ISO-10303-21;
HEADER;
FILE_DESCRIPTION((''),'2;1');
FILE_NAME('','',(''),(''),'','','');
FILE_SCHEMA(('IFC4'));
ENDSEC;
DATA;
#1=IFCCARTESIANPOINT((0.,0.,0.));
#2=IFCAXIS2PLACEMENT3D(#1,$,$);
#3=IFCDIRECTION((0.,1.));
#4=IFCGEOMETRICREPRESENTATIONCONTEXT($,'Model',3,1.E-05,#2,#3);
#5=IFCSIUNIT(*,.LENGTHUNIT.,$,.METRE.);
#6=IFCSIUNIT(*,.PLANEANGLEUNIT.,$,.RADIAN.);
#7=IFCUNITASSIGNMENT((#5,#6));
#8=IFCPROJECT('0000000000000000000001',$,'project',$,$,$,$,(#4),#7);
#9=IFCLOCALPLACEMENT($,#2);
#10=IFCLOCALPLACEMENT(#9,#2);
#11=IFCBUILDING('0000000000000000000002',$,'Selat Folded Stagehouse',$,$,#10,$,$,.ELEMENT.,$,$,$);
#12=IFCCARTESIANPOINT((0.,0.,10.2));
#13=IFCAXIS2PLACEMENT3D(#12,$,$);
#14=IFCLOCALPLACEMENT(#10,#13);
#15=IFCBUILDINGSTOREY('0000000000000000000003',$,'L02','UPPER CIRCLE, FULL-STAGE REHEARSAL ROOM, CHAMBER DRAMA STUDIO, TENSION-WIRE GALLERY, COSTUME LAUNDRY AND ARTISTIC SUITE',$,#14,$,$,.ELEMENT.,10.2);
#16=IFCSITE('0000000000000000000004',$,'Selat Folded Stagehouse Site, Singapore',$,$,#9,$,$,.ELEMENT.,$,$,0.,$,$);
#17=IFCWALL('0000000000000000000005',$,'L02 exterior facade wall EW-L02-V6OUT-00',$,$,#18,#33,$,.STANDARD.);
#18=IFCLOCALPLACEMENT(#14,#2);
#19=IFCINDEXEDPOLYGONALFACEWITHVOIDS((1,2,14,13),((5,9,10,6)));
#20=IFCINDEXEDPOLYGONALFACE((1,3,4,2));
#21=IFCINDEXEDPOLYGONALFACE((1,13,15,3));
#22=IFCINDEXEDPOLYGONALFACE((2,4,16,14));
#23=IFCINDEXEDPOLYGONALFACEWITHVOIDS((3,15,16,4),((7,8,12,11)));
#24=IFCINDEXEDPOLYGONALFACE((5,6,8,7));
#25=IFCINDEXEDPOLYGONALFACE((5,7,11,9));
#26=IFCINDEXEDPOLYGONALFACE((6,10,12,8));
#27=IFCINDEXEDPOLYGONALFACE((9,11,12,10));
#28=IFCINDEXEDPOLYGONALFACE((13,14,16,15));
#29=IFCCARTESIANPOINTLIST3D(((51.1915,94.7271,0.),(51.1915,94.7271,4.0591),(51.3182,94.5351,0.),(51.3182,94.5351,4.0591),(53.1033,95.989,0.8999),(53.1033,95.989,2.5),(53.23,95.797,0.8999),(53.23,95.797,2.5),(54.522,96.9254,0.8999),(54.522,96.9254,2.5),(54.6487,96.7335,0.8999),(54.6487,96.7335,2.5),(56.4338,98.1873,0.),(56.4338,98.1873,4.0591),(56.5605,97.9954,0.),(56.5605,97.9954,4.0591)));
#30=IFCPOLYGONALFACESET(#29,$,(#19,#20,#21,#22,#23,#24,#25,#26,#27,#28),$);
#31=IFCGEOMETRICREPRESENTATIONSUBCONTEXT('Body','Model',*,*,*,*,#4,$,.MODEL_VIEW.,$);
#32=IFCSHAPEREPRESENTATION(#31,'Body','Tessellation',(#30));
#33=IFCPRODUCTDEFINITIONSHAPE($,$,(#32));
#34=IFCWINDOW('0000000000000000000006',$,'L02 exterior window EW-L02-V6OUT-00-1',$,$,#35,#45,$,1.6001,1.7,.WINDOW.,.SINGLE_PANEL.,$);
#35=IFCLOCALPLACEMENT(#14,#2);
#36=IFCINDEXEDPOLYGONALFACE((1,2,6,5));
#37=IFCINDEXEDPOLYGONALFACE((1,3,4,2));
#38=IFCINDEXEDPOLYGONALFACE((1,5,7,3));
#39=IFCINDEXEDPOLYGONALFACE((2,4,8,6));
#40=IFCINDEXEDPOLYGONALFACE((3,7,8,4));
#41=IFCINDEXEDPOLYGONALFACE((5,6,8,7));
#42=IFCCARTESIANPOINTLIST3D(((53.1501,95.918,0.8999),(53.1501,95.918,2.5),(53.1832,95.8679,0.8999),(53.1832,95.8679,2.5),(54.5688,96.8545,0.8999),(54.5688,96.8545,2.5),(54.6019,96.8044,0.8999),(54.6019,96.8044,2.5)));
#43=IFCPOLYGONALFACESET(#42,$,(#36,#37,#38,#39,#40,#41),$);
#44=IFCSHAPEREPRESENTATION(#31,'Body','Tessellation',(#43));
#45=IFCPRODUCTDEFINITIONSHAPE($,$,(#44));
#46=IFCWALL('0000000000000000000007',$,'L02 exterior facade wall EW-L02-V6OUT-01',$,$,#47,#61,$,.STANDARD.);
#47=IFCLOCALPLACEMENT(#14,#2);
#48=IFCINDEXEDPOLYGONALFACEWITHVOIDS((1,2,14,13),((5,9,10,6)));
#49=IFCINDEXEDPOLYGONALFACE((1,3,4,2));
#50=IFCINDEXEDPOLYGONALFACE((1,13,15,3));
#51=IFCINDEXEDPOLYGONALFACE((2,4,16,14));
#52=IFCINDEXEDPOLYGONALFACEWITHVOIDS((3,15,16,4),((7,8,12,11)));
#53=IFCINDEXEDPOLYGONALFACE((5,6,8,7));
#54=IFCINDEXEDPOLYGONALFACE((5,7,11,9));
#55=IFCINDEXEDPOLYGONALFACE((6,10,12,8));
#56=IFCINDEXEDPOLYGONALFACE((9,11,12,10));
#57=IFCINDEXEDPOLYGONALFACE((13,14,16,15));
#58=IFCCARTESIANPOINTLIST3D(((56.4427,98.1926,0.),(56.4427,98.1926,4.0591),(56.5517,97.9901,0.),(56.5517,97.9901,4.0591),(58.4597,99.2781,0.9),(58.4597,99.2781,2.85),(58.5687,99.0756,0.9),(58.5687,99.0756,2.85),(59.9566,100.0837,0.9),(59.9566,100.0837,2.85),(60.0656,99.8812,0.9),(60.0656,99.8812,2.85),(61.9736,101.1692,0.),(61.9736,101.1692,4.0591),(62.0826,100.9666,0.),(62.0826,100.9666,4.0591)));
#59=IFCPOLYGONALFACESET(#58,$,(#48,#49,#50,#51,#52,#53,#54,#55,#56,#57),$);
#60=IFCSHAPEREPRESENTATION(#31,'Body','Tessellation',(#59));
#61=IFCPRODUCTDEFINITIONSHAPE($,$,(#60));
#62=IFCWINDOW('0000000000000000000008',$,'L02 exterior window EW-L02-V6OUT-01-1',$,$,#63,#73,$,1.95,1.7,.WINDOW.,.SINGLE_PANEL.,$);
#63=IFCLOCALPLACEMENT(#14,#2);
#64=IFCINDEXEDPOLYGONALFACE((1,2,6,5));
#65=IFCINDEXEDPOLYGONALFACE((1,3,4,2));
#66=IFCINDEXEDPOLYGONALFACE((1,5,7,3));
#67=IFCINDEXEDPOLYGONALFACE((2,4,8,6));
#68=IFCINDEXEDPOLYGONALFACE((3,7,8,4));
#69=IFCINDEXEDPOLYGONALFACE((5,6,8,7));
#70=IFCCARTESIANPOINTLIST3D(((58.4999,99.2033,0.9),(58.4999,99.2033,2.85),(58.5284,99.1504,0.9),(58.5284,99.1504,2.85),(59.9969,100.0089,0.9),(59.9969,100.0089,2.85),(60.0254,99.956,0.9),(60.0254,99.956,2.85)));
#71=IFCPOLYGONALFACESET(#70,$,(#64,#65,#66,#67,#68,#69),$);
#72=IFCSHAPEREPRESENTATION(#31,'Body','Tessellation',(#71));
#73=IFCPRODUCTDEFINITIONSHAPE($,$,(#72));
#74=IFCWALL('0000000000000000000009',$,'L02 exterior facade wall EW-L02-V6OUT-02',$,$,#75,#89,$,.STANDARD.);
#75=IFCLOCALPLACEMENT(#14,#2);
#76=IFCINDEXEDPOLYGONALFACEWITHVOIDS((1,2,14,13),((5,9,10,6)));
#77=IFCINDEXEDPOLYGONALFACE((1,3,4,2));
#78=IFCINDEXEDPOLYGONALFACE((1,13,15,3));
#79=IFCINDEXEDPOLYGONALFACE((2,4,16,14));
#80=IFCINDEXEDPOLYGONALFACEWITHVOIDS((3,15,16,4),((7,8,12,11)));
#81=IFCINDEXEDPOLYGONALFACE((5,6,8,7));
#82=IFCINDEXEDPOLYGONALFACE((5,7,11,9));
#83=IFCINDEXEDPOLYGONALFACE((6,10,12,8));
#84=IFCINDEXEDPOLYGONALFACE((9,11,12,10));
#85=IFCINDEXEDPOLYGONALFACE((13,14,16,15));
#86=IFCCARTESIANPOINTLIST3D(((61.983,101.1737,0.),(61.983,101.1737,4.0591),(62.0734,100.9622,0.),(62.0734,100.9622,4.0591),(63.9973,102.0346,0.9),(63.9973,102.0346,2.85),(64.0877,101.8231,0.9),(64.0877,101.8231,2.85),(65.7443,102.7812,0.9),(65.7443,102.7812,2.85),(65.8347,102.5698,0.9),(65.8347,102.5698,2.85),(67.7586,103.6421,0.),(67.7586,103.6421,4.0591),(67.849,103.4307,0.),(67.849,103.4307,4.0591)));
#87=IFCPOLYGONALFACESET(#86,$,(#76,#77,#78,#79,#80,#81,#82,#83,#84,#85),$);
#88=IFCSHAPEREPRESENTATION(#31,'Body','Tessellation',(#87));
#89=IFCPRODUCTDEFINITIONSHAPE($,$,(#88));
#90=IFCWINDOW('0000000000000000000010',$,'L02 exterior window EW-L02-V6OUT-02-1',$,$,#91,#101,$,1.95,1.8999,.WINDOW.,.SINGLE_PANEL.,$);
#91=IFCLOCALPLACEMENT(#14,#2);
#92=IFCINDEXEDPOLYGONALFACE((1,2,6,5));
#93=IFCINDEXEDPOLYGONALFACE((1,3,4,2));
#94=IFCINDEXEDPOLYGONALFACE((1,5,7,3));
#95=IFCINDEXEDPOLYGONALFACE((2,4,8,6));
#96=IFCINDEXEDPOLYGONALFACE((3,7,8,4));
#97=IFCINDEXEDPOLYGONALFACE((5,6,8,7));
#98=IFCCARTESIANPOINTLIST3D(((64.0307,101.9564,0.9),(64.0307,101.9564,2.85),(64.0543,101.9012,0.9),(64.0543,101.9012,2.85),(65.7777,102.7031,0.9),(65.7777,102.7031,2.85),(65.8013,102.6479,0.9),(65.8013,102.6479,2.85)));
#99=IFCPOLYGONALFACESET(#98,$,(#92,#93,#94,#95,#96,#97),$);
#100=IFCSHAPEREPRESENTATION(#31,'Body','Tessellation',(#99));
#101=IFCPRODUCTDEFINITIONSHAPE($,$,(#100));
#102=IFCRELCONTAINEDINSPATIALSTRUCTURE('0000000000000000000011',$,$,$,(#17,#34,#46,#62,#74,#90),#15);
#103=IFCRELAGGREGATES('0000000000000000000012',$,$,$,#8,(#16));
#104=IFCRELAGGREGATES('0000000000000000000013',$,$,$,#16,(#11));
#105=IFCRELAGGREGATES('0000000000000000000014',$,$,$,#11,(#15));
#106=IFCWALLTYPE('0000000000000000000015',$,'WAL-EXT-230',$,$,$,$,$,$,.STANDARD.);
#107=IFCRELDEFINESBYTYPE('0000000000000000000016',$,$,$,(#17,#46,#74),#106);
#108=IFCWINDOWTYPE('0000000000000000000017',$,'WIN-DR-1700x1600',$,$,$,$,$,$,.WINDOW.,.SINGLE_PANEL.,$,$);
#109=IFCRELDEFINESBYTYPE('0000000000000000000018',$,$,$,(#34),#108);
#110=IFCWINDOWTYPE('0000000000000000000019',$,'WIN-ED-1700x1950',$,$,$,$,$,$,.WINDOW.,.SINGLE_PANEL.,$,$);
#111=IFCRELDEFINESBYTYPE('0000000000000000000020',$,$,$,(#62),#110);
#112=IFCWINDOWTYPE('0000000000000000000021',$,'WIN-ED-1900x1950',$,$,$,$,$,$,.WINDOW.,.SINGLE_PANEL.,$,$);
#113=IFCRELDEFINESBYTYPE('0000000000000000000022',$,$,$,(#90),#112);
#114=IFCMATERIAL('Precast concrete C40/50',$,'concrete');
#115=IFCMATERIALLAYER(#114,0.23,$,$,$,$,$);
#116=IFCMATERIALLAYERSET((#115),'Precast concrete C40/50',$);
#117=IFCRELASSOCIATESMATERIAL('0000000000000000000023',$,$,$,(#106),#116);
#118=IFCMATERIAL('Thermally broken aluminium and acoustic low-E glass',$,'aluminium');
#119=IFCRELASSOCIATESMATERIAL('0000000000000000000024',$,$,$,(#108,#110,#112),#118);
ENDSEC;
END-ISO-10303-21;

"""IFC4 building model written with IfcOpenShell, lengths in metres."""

from ifc_helpers import new_model, si_unit, direction, frame, frame_2d, origin, place, context, subcontext, project, spatial, rectangle, extrude, material, layer, layer_set, type_object, element, fill, save


model = new_model("IFC4")

# Units and contexts
model_context = context("Model", 3, precision=1e-05, world=origin(), true_north=direction((0.0, 1.0)))
body_context = subcontext(model_context, "Body", "Model", "MODEL_VIEW")
ifc_project = project(units=[si_unit("LENGTHUNIT", "METRE"), si_unit("PLANEANGLEUNIT", "RADIAN")], contexts=[model_context])

# Site, building, storey
site_placement = place(None, origin())
site = spatial("IfcSite", under=ifc_project, at=site_placement, Name="Selat Folded Stagehouse Site, Singapore", CompositionType="ELEMENT", RefElevation=0.0)
building_placement = place(site_placement, origin())
building = spatial("IfcBuilding", under=site, at=building_placement, Name="Selat Folded Stagehouse", CompositionType="ELEMENT")
storey_placement = place(building_placement, frame((0.0, 0.0, 10.2)))
storey = spatial("IfcBuildingStorey", under=building, at=storey_placement, Name="L02", Description="UPPER CIRCLE, FULL-STAGE REHEARSAL ROOM, CHAMBER DRAMA STUDIO, TENSION-WIRE GALLERY, COSTUME LAUNDRY AND ARTISTIC SUITE", CompositionType="ELEMENT", Elevation=10.2)

# Walls, openings, windows
ifc_material_1 = material(Name="Precast concrete C40/50", Category="concrete")
ifc_layer_1 = layer(ifc_material_1, 0.23)
ifc_layer_set_1 = layer_set([ifc_layer_1], Name="Precast concrete C40/50")
wall_type = type_object("IfcWallType", Name="WAL-EXT-230", PredefinedType="STANDARD", material=ifc_layer_set_1)
wall_1_placement = place(storey_placement, frame((51.2549, 94.6311, 0.0), z_axis=(0.0, 0.0, 1.0), x_axis=(0.834583, 0.550882, 0.0)))
wall_1 = element("IfcWall", 1, at=wall_1_placement, inside=storey, type_object=wall_type, Name="L02 exterior facade wall EW-L02-V6OUT-00", PredefinedType="STANDARD", context=body_context, shape_type="SweptSolid", body=[
    extrude(rectangle(XDim=6.2812, YDim=0.23, at=frame_2d((3.1406, 0.0))), origin(), (0.0, 0.0, 1.0), 4.0591),
])
opening_1_placement = place(wall_1_placement, frame((2.2905, 0.0, 0.8999)))
opening_1 = element("IfcOpeningElement", 2, at=opening_1_placement, cuts=wall_1, PredefinedType="OPENING", context=body_context, shape_type="SweptSolid", body=[
    extrude(rectangle(XDim=1.7, YDim=1.6001, at=frame_2d((0.8501, 0.8))), frame((0.0, 0.125, 0.0), z_axis=(0.0, -1.0, 0.0), x_axis=(1.0, 0.0, 0.0)), (0.0, 0.0, 1.0), 0.25),
])
ifc_material_2 = material(Name="Thermally broken aluminium and acoustic low-E glass", Category="aluminium")
window_type_1 = type_object("IfcWindowType", Name="WIN-DR-1700x1600", PartitioningType="SINGLE_PANEL", PredefinedType="WINDOW", material=ifc_material_2)
window_1_placement = place(opening_1_placement, origin())
window_1 = element("IfcWindow", 3, at=window_1_placement, inside=storey, type_object=window_type_1, Name="L02 exterior window EW-L02-V6OUT-00-1", OverallHeight=1.6001, OverallWidth=1.7, PartitioningType="SINGLE_PANEL", PredefinedType="WINDOW", context=body_context, shape_type="SweptSolid", body=[
    extrude(rectangle(XDim=1.7, YDim=1.6001, at=frame_2d((0.8501, 0.8))), frame((0.0, 0.03, 0.0), z_axis=(0.0, -1.0, 0.0), x_axis=(1.0, 0.0, 0.0)), (0.0, 0.0, 1.0), 0.0601),
])
fill(opening_1, window_1)
wall_2_placement = place(storey_placement, frame((56.4971, 98.0913, 0.0), z_axis=(0.0, 0.0, 1.0), x_axis=(0.880582, 0.473894, 0.0)))
wall_2 = element("IfcWall", 4, at=wall_2_placement, inside=storey, type_object=wall_type, Name="L02 exterior facade wall EW-L02-V6OUT-01", PredefinedType="STANDARD", context=body_context, shape_type="SweptSolid", body=[
    extrude(rectangle(XDim=6.281, YDim=0.23, at=frame_2d((3.1406, 0.0))), origin(), (0.0, 0.0, 1.0), 4.0591),
])
opening_2_placement = place(wall_2_placement, frame((2.2905, 0.0, 0.8999)))
opening_2 = element("IfcOpeningElement", 5, at=opening_2_placement, cuts=wall_2, PredefinedType="OPENING", context=body_context, shape_type="SweptSolid", body=[
    extrude(rectangle(XDim=1.7, YDim=1.95, at=frame_2d((0.8501, 0.9751))), frame((0.0, 0.125, 0.0), z_axis=(0.0, -1.0, 0.0), x_axis=(1.0, 0.0, 0.0)), (0.0, 0.0, 1.0), 0.25),
])
window_type_2 = type_object("IfcWindowType", Name="WIN-ED-1700x1950", PartitioningType="SINGLE_PANEL", PredefinedType="WINDOW", material=ifc_material_2)
window_2_placement = place(opening_2_placement, origin())
window_2 = element("IfcWindow", 6, at=window_2_placement, inside=storey, type_object=window_type_2, Name="L02 exterior window EW-L02-V6OUT-01-1", OverallHeight=1.95, OverallWidth=1.7, PartitioningType="SINGLE_PANEL", PredefinedType="WINDOW", context=body_context, shape_type="SweptSolid", body=[
    extrude(rectangle(XDim=1.7, YDim=1.95, at=frame_2d((0.8501, 0.9751))), frame((0.0, 0.03, 0.0), z_axis=(0.0, -1.0, 0.0), x_axis=(1.0, 0.0, 0.0)), (0.0, 0.0, 1.0), 0.0601),
])
fill(opening_2, window_2)
wall_3_placement = place(storey_placement, frame((62.0281, 101.0679, 0.0), z_axis=(0.0, 0.0, 1.0), x_axis=(0.919535, 0.393009, 0.0)))
wall_3 = element("IfcWall", 7, at=wall_3_placement, inside=storey, type_object=wall_type, Name="L02 exterior facade wall EW-L02-V6OUT-02", PredefinedType="STANDARD", context=body_context, shape_type="SweptSolid", body=[
    extrude(rectangle(XDim=6.281, YDim=0.23, at=frame_2d((3.1406, 0.0))), origin(), (0.0, 0.0, 1.0), 4.0591),
])
opening_3_placement = place(wall_3_placement, frame((2.1907, 0.0, 0.8999)))
opening_3 = element("IfcOpeningElement", 8, at=opening_3_placement, cuts=wall_3, PredefinedType="OPENING", context=body_context, shape_type="SweptSolid", body=[
    extrude(rectangle(XDim=1.8999, YDim=1.95, at=frame_2d((0.95, 0.9751))), frame((0.0, 0.125, 0.0), z_axis=(0.0, -1.0, 0.0), x_axis=(1.0, 0.0, 0.0)), (0.0, 0.0, 1.0), 0.25),
])
window_type_3 = type_object("IfcWindowType", Name="WIN-ED-1900x1950", PartitioningType="SINGLE_PANEL", PredefinedType="WINDOW", material=ifc_material_2)
window_3_placement = place(opening_3_placement, origin())
window_3 = element("IfcWindow", 9, at=window_3_placement, inside=storey, type_object=window_type_3, Name="L02 exterior window EW-L02-V6OUT-02-1", OverallHeight=1.95, OverallWidth=1.8999, PartitioningType="SINGLE_PANEL", PredefinedType="WINDOW", context=body_context, shape_type="SweptSolid", body=[
    extrude(rectangle(XDim=1.8999, YDim=1.95, at=frame_2d((0.95, 0.9751))), frame((0.0, 0.03, 0.0), z_axis=(0.0, -1.0, 0.0), x_axis=(1.0, 0.0, 0.0)), (0.0, 0.0, 1.0), 0.0601),
])
fill(opening_3, window_3)

save(model, "model.ifc")
